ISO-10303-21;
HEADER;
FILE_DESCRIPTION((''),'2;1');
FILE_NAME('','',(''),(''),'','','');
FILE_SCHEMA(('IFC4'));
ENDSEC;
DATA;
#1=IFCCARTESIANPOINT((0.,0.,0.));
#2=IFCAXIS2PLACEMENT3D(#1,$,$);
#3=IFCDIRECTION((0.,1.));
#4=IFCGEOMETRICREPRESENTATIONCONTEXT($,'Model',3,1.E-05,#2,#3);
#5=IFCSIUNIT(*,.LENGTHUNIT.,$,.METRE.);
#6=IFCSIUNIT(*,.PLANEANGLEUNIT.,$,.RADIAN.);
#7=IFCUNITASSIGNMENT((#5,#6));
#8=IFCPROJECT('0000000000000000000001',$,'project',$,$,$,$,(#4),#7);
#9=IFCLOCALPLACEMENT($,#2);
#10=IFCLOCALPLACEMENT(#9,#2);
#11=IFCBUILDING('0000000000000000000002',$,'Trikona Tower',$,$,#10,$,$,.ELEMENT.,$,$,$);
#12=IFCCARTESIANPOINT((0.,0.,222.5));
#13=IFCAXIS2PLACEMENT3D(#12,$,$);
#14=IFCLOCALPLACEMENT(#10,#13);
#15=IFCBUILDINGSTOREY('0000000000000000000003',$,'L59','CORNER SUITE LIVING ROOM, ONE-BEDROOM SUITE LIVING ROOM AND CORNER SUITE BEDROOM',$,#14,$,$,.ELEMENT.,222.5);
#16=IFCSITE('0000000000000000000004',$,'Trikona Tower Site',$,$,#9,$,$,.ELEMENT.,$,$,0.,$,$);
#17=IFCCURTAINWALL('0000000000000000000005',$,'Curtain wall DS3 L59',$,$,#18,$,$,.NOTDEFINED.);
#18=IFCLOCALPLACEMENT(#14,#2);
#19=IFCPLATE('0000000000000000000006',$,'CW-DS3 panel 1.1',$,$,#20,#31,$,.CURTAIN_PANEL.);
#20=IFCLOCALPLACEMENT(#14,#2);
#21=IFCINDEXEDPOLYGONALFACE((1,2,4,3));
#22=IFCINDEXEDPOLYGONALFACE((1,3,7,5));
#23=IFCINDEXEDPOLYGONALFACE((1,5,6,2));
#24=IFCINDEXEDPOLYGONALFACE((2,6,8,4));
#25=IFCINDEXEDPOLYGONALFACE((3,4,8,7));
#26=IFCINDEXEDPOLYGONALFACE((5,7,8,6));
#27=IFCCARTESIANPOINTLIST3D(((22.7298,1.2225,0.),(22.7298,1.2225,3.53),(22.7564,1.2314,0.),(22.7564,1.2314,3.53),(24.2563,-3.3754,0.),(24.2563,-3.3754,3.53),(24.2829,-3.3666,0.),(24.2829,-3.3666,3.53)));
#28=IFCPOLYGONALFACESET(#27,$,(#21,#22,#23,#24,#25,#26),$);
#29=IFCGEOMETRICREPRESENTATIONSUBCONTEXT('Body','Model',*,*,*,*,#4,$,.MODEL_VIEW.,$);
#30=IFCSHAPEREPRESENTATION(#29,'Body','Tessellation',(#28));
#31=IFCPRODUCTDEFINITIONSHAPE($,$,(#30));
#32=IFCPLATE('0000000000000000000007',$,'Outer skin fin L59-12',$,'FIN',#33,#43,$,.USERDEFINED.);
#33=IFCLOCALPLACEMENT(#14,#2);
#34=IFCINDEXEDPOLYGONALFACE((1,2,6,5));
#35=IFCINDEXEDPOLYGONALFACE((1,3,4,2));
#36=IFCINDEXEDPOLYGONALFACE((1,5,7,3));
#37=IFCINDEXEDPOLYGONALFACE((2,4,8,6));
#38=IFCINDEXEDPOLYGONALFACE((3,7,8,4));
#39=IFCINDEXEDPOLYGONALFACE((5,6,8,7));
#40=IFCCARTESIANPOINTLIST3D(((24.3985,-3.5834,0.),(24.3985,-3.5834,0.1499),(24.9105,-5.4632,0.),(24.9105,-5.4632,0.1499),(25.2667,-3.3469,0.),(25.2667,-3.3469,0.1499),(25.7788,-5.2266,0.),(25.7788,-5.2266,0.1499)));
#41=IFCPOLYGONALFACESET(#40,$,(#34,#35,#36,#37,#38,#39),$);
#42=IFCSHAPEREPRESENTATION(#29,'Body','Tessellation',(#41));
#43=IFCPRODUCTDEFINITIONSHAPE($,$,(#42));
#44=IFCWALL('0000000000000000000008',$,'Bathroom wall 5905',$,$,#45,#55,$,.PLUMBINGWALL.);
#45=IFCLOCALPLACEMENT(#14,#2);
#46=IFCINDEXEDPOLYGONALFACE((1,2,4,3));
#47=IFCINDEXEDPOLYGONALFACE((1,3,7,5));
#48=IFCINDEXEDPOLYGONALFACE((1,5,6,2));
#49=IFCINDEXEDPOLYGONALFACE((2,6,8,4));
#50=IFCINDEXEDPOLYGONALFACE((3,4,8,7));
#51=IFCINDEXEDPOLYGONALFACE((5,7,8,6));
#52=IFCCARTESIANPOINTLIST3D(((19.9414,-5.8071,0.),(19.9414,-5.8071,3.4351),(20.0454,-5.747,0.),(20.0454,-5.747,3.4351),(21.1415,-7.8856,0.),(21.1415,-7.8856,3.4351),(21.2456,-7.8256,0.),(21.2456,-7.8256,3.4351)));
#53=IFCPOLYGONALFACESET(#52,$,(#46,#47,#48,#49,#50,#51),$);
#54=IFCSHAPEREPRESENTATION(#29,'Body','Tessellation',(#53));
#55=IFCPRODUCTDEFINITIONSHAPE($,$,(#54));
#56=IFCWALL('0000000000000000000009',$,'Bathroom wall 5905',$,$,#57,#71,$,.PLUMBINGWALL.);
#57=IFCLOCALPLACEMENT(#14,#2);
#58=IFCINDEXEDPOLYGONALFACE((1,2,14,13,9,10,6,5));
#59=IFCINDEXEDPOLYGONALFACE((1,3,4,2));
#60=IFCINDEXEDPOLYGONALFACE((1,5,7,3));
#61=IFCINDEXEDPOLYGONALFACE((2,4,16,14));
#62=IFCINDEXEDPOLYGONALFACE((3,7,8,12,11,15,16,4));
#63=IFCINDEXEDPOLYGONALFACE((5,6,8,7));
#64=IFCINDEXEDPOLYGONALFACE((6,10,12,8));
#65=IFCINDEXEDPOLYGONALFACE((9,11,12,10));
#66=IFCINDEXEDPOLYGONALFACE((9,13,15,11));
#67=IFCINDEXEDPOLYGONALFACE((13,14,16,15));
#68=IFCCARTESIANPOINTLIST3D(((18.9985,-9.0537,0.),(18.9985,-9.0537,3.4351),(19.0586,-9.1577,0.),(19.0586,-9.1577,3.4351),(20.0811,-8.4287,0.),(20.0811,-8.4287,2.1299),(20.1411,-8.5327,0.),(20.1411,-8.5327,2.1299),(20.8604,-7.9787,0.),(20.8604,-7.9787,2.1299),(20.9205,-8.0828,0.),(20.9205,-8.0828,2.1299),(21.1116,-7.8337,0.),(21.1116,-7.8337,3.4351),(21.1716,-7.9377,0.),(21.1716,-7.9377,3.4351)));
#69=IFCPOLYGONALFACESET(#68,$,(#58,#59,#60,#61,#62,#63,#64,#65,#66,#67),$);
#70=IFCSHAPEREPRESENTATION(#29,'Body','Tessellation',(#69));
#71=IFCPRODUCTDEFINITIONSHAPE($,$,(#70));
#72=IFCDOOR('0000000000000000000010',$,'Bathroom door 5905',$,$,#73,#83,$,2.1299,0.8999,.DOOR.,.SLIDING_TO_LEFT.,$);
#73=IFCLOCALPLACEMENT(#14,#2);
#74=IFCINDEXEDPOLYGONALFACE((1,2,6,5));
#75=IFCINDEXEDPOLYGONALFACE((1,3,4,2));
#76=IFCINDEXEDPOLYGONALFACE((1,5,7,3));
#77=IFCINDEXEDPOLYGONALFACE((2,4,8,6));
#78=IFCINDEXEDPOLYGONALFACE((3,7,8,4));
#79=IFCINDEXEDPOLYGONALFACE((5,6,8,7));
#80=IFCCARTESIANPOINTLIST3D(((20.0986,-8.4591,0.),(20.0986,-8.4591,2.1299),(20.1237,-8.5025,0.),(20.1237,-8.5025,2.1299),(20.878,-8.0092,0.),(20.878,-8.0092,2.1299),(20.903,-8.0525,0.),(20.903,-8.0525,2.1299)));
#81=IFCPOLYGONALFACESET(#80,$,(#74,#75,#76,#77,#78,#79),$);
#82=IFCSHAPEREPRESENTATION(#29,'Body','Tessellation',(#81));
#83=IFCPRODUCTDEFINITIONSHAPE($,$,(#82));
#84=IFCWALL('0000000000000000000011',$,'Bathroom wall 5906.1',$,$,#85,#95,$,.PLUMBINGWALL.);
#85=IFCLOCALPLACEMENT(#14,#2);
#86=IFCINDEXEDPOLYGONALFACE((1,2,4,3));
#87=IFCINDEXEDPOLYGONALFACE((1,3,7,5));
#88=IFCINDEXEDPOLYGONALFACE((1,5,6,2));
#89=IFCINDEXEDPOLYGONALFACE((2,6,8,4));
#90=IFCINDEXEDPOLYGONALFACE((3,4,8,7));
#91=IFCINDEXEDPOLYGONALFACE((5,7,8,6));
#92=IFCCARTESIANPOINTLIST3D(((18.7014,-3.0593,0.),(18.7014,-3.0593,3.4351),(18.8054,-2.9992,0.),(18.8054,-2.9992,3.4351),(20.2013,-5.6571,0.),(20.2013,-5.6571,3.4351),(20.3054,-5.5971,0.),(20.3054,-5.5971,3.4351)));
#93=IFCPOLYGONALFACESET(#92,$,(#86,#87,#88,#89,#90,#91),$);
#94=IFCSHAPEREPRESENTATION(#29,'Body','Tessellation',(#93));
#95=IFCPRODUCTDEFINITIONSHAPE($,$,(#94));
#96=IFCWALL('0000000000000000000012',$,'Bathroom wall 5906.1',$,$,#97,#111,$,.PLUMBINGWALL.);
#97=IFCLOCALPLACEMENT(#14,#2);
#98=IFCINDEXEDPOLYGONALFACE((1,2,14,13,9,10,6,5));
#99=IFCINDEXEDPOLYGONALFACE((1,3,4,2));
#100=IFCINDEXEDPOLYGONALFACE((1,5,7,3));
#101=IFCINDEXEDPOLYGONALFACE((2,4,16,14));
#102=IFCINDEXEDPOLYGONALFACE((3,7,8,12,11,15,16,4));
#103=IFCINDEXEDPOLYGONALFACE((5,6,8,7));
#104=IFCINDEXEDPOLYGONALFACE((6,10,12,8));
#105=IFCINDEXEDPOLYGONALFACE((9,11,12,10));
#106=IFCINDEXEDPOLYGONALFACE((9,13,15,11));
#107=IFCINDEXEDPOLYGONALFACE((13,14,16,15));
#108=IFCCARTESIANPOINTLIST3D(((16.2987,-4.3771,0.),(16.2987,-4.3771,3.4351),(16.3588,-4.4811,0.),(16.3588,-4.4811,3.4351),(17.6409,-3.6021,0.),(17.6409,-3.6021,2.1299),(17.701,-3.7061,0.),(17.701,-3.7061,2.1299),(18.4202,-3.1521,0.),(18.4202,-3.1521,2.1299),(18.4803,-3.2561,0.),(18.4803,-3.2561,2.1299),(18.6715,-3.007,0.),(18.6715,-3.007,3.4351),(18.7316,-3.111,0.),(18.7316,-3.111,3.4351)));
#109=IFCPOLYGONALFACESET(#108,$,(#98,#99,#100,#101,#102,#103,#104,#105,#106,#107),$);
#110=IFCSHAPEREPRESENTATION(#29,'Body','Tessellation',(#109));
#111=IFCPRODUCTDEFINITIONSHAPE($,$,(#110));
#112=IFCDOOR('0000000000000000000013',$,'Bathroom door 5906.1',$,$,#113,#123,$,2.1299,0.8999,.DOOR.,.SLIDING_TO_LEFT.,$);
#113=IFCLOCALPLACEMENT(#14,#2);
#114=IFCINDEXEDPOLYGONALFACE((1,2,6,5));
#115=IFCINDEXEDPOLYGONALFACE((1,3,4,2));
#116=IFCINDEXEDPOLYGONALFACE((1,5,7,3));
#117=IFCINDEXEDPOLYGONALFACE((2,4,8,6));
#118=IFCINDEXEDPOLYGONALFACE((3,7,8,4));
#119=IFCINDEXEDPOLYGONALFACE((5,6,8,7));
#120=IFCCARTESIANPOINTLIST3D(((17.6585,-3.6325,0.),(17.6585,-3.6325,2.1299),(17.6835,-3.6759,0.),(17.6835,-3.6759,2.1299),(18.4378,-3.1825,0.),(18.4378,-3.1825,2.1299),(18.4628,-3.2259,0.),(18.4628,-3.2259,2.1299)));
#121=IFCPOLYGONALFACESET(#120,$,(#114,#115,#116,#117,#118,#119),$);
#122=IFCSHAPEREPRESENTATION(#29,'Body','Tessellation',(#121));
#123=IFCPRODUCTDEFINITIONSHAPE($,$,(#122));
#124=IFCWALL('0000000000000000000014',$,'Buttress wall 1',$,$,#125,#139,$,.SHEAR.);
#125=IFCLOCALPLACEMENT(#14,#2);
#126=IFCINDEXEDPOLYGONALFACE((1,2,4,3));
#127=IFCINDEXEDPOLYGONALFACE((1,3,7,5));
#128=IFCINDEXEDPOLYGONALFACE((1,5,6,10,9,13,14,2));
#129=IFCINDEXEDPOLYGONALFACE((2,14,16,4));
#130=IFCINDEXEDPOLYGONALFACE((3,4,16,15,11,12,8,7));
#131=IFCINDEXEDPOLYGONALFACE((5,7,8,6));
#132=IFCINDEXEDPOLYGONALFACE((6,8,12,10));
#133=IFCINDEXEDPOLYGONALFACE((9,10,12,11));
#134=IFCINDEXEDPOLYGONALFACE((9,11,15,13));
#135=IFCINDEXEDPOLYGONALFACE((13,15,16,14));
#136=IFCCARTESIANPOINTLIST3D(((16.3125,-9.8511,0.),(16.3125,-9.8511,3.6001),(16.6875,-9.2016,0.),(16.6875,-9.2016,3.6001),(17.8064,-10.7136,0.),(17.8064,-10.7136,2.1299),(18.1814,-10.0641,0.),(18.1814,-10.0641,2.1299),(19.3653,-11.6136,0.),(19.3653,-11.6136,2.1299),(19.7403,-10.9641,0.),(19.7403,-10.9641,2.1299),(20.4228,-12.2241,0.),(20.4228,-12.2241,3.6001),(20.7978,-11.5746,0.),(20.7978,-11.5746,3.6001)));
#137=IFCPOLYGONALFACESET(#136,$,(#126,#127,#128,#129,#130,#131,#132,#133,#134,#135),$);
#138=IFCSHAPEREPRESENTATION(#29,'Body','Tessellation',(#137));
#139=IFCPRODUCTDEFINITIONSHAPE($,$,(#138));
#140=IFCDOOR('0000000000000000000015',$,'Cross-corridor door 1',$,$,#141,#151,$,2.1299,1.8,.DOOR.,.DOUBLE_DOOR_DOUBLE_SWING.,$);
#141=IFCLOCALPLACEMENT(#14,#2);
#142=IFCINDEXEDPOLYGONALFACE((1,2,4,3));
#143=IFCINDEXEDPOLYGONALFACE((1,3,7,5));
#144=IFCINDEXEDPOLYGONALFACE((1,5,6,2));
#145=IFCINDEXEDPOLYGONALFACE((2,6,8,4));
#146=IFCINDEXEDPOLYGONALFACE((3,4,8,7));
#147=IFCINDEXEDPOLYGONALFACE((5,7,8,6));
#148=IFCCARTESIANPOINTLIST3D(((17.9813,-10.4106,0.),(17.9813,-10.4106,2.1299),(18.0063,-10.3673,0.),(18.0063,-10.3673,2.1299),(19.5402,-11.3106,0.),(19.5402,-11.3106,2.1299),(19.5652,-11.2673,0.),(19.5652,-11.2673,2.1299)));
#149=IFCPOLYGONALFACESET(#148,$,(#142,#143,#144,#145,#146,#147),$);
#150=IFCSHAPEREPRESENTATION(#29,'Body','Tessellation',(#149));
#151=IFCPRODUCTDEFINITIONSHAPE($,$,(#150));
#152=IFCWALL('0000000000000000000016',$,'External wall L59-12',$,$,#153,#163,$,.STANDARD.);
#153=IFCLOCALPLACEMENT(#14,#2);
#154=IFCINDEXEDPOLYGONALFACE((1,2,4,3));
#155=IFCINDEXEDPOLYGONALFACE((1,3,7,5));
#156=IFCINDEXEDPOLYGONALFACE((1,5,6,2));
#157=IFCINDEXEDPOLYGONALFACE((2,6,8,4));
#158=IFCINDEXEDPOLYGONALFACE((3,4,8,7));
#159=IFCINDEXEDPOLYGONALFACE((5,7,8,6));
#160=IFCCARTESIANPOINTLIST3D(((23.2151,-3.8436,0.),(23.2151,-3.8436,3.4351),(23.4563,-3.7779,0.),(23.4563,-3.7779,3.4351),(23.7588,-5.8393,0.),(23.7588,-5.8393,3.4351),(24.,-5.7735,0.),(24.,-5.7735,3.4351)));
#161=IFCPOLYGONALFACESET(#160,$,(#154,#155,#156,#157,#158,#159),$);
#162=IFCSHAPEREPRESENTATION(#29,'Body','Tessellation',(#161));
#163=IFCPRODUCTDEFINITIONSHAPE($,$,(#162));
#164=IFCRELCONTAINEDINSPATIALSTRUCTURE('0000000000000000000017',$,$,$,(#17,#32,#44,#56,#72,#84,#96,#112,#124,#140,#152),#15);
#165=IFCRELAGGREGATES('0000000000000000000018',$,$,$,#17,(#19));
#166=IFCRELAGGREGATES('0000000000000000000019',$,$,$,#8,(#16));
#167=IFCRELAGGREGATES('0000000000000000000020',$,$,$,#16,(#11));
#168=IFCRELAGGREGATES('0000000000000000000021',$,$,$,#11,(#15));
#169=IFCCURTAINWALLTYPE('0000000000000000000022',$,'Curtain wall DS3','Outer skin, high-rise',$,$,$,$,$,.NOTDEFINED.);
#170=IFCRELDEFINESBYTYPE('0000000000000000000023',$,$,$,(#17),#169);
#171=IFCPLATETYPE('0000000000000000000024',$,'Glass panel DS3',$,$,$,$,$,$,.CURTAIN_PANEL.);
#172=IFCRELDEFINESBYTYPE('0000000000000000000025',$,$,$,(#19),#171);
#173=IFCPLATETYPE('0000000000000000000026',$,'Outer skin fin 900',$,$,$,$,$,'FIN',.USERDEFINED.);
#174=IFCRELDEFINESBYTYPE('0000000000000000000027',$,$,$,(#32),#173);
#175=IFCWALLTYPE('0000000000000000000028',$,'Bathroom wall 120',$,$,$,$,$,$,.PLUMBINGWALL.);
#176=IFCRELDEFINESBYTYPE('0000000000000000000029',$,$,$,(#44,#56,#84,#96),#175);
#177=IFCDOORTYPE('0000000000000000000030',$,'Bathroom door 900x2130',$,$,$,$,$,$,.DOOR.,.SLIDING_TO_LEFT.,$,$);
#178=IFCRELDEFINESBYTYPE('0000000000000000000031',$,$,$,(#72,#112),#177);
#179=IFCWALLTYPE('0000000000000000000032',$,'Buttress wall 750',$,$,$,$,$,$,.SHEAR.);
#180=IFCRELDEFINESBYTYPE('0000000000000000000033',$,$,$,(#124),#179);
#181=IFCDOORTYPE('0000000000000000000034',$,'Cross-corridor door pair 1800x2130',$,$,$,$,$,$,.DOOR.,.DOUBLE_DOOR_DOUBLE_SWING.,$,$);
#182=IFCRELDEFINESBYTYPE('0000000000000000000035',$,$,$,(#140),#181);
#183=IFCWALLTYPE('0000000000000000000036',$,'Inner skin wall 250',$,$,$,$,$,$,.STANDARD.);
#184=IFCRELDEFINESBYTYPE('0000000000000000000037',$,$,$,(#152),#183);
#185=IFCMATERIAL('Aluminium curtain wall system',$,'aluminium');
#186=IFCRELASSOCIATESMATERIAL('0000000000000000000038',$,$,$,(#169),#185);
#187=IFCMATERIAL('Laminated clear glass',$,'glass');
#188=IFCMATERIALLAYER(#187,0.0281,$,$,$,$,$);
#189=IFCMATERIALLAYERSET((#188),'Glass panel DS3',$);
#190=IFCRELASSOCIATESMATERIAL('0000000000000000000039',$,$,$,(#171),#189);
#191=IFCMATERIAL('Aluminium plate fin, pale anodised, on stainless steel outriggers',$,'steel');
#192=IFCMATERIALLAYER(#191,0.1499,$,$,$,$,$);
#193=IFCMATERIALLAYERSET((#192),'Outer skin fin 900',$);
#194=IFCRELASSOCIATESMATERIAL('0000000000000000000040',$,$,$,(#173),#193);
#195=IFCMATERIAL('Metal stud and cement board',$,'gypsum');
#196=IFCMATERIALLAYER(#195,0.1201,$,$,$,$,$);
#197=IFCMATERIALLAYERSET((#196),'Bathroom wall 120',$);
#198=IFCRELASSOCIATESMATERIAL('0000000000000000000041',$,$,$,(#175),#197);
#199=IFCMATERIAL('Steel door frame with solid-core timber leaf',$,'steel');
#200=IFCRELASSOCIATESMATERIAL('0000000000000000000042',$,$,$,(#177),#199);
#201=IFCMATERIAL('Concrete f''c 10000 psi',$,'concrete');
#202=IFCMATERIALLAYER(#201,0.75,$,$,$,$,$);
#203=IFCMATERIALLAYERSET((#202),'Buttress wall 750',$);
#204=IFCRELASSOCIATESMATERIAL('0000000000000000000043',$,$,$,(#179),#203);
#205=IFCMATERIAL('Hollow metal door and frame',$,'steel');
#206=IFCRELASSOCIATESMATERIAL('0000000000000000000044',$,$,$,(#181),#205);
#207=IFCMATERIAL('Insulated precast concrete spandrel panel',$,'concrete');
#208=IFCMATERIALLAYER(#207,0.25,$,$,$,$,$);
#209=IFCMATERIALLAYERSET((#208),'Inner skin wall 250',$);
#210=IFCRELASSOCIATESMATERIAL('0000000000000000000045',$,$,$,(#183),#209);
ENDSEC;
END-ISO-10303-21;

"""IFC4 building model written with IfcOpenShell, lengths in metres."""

from ifc_helpers import new_model, si_unit, direction, frame, frame_2d, origin, origin_2d, place, context, subcontext, project, spatial, rectangle, extrude, material, layer, layer_set, type_object, element, fill, aggregate, save


model = new_model("IFC4")

# Units and contexts
model_context = context("Model", 3, precision=1e-05, world=origin(), true_north=direction((0.0, 1.0)))
body_context = subcontext(model_context, "Body", "Model", "MODEL_VIEW")
ifc_project = project(units=[si_unit("LENGTHUNIT", "METRE"), si_unit("PLANEANGLEUNIT", "RADIAN")], contexts=[model_context])

# Site, building, storey
site_placement = place(None, origin())
site = spatial("IfcSite", under=ifc_project, at=site_placement, Name="Trikona Tower Site", CompositionType="ELEMENT", RefElevation=0.0)
building_placement = place(site_placement, origin())
building = spatial("IfcBuilding", under=site, at=building_placement, Name="Trikona Tower", CompositionType="ELEMENT")
storey_placement = place(building_placement, frame((0.0, 0.0, 222.5)))
storey = spatial("IfcBuildingStorey", under=building, at=storey_placement, Name="L59", Description="CORNER SUITE LIVING ROOM, ONE-BEDROOM SUITE LIVING ROOM AND CORNER SUITE BEDROOM", CompositionType="ELEMENT", Elevation=222.5)

# Shared definitions
ifc_material_1 = material(Name="Aluminium curtain wall system", Category="aluminium")
curtain_wall_type = type_object("IfcCurtainWallType", Name="Curtain wall DS3", Description="Outer skin, high-rise", PredefinedType="NOTDEFINED", material=ifc_material_1)

# Curtain wall
curtain_wall_1_placement = place(storey_placement, origin())
curtain_wall_1 = element("IfcCurtainWall", 1, at=curtain_wall_1_placement, inside=storey, type_object=curtain_wall_type, Name="Curtain wall DS3 L59", PredefinedType="NOTDEFINED")

# Plates
ifc_material_2 = material(Name="Laminated clear glass", Category="glass")
ifc_layer_1 = layer(ifc_material_2, 0.0281)
ifc_layer_set_1 = layer_set([ifc_layer_1], Name="Glass panel DS3")
plate_type_1 = type_object("IfcPlateType", Name="Glass panel DS3", PredefinedType="CURTAIN_PANEL", material=ifc_layer_set_1)
plate_1_placement = place(storey_placement, frame((23.5063, -1.072, 0.0), z_axis=(0.0, 0.0, 1.0), x_axis=(-0.315078, 0.949066, 0.0)))
plate_1 = element("IfcPlate", 2, at=plate_1_placement, type_object=plate_type_1, Name="CW-DS3 panel 1.1", PredefinedType="CURTAIN_PANEL", context=body_context, shape_type="SweptSolid", body=[
    extrude(rectangle(XDim=4.8447, YDim=0.0281, at=origin_2d()), origin(), (0.0, 0.0, 1.0), 3.53),
])
aggregate(curtain_wall_1, [plate_1])
ifc_material_3 = material(Name="Aluminium plate fin, pale anodised, on stainless steel outriggers", Category="steel")
ifc_layer_2 = layer(ifc_material_3, 0.1499)
ifc_layer_set_2 = layer_set([ifc_layer_2], Name="Outer skin fin 900")
plate_type_2 = type_object("IfcPlateType", Name="Outer skin fin 900", ElementType="FIN", PredefinedType="USERDEFINED", material=ifc_layer_set_2)
plate_2_placement = place(storey_placement, frame((25.0886, -4.405, 0.0), z_axis=(0.0, 0.0, 1.0), x_axis=(-0.262822, 0.964844, 0.0)))
element("IfcPlate", 3, at=plate_2_placement, inside=storey, type_object=plate_type_2, Name="Outer skin fin L59-12", ObjectType="FIN", PredefinedType="USERDEFINED", context=body_context, shape_type="SweptSolid", body=[
    extrude(rectangle(XDim=1.9482, YDim=0.8999, at=origin_2d()), origin(), (0.0, 0.0, 1.0), 0.1499),
])

# Wall
ifc_material_4 = material(Name="Metal stud and cement board", Category="gypsum")
ifc_layer_3 = layer(ifc_material_4, 0.1201)
ifc_layer_set_3 = layer_set([ifc_layer_3], Name="Bathroom wall 120")
wall_type_1 = type_object("IfcWallType", Name="Bathroom wall 120", PredefinedType="PLUMBINGWALL", material=ifc_layer_set_3)
wall_1_placement = place(storey_placement, frame((21.1936, -7.8557, 0.0), z_axis=(0.0, 0.0, 1.0), x_axis=(-0.500034, 0.866006, 0.0)))
element("IfcWall", 4, at=wall_1_placement, inside=storey, type_object=wall_type_1, Name="Bathroom wall 5905", PredefinedType="PLUMBINGWALL", context=body_context, shape_type="SweptSolid", body=[
    extrude(rectangle(XDim=2.4001, YDim=0.1201, at=frame_2d((1.2002, 0.0))), origin(), (0.0, 0.0, 1.0), 3.4351),
])

# Wall, opening, door
wall_2_placement = place(storey_placement, frame((19.0286, -9.1057, 0.0), z_axis=(0.0, 0.0, 1.0), x_axis=(0.866024, 0.500003, 0.0)))
wall_2 = element("IfcWall", 5, at=wall_2_placement, inside=storey, type_object=wall_type_1, Name="Bathroom wall 5905", PredefinedType="PLUMBINGWALL", context=body_context, shape_type="SweptSolid", body=[
    extrude(rectangle(XDim=2.4399, YDim=0.1201, at=frame_2d((1.22, 0.0))), origin(), (0.0, 0.0, 1.0), 3.4351),
])
opening_1_placement = place(wall_2_placement, frame((1.25, 0.0, 0.0)))
opening_1 = element("IfcOpeningElement", 6, at=opening_1_placement, cuts=wall_2, PredefinedType="OPENING", context=body_context, shape_type="SweptSolid", body=[
    extrude(rectangle(XDim=0.8999, YDim=2.1299, at=frame_2d((0.45, 1.0649))), frame((0.0, 0.0701, 0.0), z_axis=(0.0, -1.0, 0.0), x_axis=(1.0, 0.0, 0.0)), (0.0, 0.0, 1.0), 0.1401),
])
ifc_material_5 = material(Name="Steel door frame with solid-core timber leaf", Category="steel")
door_type_1 = type_object("IfcDoorType", Name="Bathroom door 900x2130", OperationType="SLIDING_TO_LEFT", PredefinedType="DOOR", material=ifc_material_5)
door_1_placement = place(opening_1_placement, origin())
door_1 = element("IfcDoor", 7, at=door_1_placement, inside=storey, type_object=door_type_1, Name="Bathroom door 5905", OperationType="SLIDING_TO_LEFT", OverallHeight=2.1299, OverallWidth=0.8999, PredefinedType="DOOR", context=body_context, shape_type="SweptSolid", body=[
    extrude(rectangle(XDim=0.8999, YDim=2.1299, at=frame_2d((0.45, 1.0649))), frame((0.0, 0.0249, 0.0), z_axis=(0.0, -1.0, 0.0), x_axis=(1.0, 0.0, 0.0)), (0.0, 0.0, 1.0), 0.05),
])
fill(opening_1, door_1)

# Wall
wall_3_placement = place(storey_placement, frame((20.2534, -5.6272, 0.0), z_axis=(0.0, 0.0, 1.0), x_axis=(-0.500025, 0.866011, 0.0)))
element("IfcWall", 8, at=wall_3_placement, inside=storey, type_object=wall_type_1, Name="Bathroom wall 5906.1", PredefinedType="PLUMBINGWALL", context=body_context, shape_type="SweptSolid", body=[
    extrude(rectangle(XDim=2.9998, YDim=0.1201, at=frame_2d((1.5, 0.0))), origin(), (0.0, 0.0, 1.0), 3.4351),
])

# Walls, openings, doors
wall_4_placement = place(storey_placement, frame((16.3286, -4.4292, 0.0), z_axis=(0.0, 0.0, 1.0), x_axis=(0.865997, 0.500049, 0.0)))
wall_4 = element("IfcWall", 9, at=wall_4_placement, inside=storey, type_object=wall_type_1, Name="Bathroom wall 5906.1", PredefinedType="PLUMBINGWALL", context=body_context, shape_type="SweptSolid", body=[
    extrude(rectangle(XDim=2.74, YDim=0.1201, at=frame_2d((1.3701, 0.0))), origin(), (0.0, 0.0, 1.0), 3.4351),
])
opening_2_placement = place(wall_4_placement, frame((1.55, 0.0, 0.0)))
opening_2 = element("IfcOpeningElement", 10, at=opening_2_placement, cuts=wall_4, PredefinedType="OPENING", context=body_context, shape_type="SweptSolid", body=[
    extrude(rectangle(XDim=0.8999, YDim=2.1299, at=frame_2d((0.45, 1.0649))), frame((0.0, 0.0701, 0.0), z_axis=(0.0, -1.0, 0.0), x_axis=(1.0, 0.0, 0.0)), (0.0, 0.0, 1.0), 0.1401),
])
door_2_placement = place(opening_2_placement, origin())
door_2 = element("IfcDoor", 11, at=door_2_placement, inside=storey, type_object=door_type_1, Name="Bathroom door 5906.1", OperationType="SLIDING_TO_LEFT", OverallHeight=2.1299, OverallWidth=0.8999, PredefinedType="DOOR", context=body_context, shape_type="SweptSolid", body=[
    extrude(rectangle(XDim=0.8999, YDim=2.1299, at=frame_2d((0.45, 1.0649))), frame((0.0, 0.0249, 0.0), z_axis=(0.0, -1.0, 0.0), x_axis=(1.0, 0.0, 0.0)), (0.0, 0.0, 1.0), 0.05),
])
fill(opening_2, door_2)
ifc_material_6 = material(Name="Concrete f'c 10000 psi", Category="concrete")
ifc_layer_4 = layer(ifc_material_6, 0.75)
ifc_layer_set_4 = layer_set([ifc_layer_4], Name="Buttress wall 750")
wall_type_2 = type_object("IfcWallType", Name="Buttress wall 750", PredefinedType="SHEAR", material=ifc_layer_set_4)
wall_5_placement = place(storey_placement, frame((16.5, -9.5264, 0.0), z_axis=(0.0, 0.0, 1.0), x_axis=(0.866031, -0.49999, 0.0)))
wall_5 = element("IfcWall", 12, at=wall_5_placement, inside=storey, type_object=wall_type_2, Name="Buttress wall 1", PredefinedType="SHEAR", context=body_context, shape_type="SweptSolid", body=[
    extrude(rectangle(XDim=4.7461, YDim=0.75, at=frame_2d((2.373, 0.0))), origin(), (0.0, 0.0, 1.0), 3.6001),
])
opening_3_placement = place(wall_5_placement, frame((1.7251, 0.0, 0.0)))
opening_3 = element("IfcOpeningElement", 13, at=opening_3_placement, cuts=wall_5, PredefinedType="OPENING", context=body_context, shape_type="SweptSolid", body=[
    extrude(rectangle(XDim=1.8, YDim=2.1299, at=frame_2d((0.8999, 1.0649))), frame((0.0, 0.385, 0.0), z_axis=(0.0, -1.0, 0.0), x_axis=(1.0, 0.0, 0.0)), (0.0, 0.0, 1.0), 0.77),
])
ifc_material_7 = material(Name="Hollow metal door and frame", Category="steel")
door_type_2 = type_object("IfcDoorType", Name="Cross-corridor door pair 1800x2130", OperationType="DOUBLE_DOOR_DOUBLE_SWING", PredefinedType="DOOR", material=ifc_material_7)
door_3_placement = place(opening_3_placement, origin())
door_3 = element("IfcDoor", 14, at=door_3_placement, inside=storey, type_object=door_type_2, Name="Cross-corridor door 1", OperationType="DOUBLE_DOOR_DOUBLE_SWING", OverallHeight=2.1299, OverallWidth=1.8, PredefinedType="DOOR", context=body_context, shape_type="SweptSolid", body=[
    extrude(rectangle(XDim=1.8, YDim=2.1299, at=frame_2d((0.8999, 1.0649))), frame((0.0, 0.0249, 0.0), z_axis=(0.0, -1.0, 0.0), x_axis=(1.0, 0.0, 0.0)), (0.0, 0.0, 1.0), 0.05),
])
fill(opening_3, door_3)

# Wall
ifc_material_8 = material(Name="Insulated precast concrete spandrel panel", Category="concrete")
ifc_layer_5 = layer(ifc_material_8, 0.25)
ifc_layer_set_5 = layer_set([ifc_layer_5], Name="Inner skin wall 250")
wall_type_3 = type_object("IfcWallType", Name="Inner skin wall 250", PredefinedType="STANDARD", material=ifc_layer_set_5)
wall_6_placement = place(storey_placement, frame((23.8794, -5.8064, 0.0), z_axis=(0.0, 0.0, 1.0), x_axis=(-0.262868, 0.964832, 0.0)))
element("IfcWall", 15, at=wall_6_placement, inside=storey, type_object=wall_type_3, Name="External wall L59-12", PredefinedType="STANDARD", context=body_context, shape_type="SweptSolid", body=[
    extrude(rectangle(XDim=2.0684, YDim=0.25, at=frame_2d((1.0342, 0.0))), origin(), (0.0, 0.0, 1.0), 3.4351),
])

save(model, "model.ifc")
